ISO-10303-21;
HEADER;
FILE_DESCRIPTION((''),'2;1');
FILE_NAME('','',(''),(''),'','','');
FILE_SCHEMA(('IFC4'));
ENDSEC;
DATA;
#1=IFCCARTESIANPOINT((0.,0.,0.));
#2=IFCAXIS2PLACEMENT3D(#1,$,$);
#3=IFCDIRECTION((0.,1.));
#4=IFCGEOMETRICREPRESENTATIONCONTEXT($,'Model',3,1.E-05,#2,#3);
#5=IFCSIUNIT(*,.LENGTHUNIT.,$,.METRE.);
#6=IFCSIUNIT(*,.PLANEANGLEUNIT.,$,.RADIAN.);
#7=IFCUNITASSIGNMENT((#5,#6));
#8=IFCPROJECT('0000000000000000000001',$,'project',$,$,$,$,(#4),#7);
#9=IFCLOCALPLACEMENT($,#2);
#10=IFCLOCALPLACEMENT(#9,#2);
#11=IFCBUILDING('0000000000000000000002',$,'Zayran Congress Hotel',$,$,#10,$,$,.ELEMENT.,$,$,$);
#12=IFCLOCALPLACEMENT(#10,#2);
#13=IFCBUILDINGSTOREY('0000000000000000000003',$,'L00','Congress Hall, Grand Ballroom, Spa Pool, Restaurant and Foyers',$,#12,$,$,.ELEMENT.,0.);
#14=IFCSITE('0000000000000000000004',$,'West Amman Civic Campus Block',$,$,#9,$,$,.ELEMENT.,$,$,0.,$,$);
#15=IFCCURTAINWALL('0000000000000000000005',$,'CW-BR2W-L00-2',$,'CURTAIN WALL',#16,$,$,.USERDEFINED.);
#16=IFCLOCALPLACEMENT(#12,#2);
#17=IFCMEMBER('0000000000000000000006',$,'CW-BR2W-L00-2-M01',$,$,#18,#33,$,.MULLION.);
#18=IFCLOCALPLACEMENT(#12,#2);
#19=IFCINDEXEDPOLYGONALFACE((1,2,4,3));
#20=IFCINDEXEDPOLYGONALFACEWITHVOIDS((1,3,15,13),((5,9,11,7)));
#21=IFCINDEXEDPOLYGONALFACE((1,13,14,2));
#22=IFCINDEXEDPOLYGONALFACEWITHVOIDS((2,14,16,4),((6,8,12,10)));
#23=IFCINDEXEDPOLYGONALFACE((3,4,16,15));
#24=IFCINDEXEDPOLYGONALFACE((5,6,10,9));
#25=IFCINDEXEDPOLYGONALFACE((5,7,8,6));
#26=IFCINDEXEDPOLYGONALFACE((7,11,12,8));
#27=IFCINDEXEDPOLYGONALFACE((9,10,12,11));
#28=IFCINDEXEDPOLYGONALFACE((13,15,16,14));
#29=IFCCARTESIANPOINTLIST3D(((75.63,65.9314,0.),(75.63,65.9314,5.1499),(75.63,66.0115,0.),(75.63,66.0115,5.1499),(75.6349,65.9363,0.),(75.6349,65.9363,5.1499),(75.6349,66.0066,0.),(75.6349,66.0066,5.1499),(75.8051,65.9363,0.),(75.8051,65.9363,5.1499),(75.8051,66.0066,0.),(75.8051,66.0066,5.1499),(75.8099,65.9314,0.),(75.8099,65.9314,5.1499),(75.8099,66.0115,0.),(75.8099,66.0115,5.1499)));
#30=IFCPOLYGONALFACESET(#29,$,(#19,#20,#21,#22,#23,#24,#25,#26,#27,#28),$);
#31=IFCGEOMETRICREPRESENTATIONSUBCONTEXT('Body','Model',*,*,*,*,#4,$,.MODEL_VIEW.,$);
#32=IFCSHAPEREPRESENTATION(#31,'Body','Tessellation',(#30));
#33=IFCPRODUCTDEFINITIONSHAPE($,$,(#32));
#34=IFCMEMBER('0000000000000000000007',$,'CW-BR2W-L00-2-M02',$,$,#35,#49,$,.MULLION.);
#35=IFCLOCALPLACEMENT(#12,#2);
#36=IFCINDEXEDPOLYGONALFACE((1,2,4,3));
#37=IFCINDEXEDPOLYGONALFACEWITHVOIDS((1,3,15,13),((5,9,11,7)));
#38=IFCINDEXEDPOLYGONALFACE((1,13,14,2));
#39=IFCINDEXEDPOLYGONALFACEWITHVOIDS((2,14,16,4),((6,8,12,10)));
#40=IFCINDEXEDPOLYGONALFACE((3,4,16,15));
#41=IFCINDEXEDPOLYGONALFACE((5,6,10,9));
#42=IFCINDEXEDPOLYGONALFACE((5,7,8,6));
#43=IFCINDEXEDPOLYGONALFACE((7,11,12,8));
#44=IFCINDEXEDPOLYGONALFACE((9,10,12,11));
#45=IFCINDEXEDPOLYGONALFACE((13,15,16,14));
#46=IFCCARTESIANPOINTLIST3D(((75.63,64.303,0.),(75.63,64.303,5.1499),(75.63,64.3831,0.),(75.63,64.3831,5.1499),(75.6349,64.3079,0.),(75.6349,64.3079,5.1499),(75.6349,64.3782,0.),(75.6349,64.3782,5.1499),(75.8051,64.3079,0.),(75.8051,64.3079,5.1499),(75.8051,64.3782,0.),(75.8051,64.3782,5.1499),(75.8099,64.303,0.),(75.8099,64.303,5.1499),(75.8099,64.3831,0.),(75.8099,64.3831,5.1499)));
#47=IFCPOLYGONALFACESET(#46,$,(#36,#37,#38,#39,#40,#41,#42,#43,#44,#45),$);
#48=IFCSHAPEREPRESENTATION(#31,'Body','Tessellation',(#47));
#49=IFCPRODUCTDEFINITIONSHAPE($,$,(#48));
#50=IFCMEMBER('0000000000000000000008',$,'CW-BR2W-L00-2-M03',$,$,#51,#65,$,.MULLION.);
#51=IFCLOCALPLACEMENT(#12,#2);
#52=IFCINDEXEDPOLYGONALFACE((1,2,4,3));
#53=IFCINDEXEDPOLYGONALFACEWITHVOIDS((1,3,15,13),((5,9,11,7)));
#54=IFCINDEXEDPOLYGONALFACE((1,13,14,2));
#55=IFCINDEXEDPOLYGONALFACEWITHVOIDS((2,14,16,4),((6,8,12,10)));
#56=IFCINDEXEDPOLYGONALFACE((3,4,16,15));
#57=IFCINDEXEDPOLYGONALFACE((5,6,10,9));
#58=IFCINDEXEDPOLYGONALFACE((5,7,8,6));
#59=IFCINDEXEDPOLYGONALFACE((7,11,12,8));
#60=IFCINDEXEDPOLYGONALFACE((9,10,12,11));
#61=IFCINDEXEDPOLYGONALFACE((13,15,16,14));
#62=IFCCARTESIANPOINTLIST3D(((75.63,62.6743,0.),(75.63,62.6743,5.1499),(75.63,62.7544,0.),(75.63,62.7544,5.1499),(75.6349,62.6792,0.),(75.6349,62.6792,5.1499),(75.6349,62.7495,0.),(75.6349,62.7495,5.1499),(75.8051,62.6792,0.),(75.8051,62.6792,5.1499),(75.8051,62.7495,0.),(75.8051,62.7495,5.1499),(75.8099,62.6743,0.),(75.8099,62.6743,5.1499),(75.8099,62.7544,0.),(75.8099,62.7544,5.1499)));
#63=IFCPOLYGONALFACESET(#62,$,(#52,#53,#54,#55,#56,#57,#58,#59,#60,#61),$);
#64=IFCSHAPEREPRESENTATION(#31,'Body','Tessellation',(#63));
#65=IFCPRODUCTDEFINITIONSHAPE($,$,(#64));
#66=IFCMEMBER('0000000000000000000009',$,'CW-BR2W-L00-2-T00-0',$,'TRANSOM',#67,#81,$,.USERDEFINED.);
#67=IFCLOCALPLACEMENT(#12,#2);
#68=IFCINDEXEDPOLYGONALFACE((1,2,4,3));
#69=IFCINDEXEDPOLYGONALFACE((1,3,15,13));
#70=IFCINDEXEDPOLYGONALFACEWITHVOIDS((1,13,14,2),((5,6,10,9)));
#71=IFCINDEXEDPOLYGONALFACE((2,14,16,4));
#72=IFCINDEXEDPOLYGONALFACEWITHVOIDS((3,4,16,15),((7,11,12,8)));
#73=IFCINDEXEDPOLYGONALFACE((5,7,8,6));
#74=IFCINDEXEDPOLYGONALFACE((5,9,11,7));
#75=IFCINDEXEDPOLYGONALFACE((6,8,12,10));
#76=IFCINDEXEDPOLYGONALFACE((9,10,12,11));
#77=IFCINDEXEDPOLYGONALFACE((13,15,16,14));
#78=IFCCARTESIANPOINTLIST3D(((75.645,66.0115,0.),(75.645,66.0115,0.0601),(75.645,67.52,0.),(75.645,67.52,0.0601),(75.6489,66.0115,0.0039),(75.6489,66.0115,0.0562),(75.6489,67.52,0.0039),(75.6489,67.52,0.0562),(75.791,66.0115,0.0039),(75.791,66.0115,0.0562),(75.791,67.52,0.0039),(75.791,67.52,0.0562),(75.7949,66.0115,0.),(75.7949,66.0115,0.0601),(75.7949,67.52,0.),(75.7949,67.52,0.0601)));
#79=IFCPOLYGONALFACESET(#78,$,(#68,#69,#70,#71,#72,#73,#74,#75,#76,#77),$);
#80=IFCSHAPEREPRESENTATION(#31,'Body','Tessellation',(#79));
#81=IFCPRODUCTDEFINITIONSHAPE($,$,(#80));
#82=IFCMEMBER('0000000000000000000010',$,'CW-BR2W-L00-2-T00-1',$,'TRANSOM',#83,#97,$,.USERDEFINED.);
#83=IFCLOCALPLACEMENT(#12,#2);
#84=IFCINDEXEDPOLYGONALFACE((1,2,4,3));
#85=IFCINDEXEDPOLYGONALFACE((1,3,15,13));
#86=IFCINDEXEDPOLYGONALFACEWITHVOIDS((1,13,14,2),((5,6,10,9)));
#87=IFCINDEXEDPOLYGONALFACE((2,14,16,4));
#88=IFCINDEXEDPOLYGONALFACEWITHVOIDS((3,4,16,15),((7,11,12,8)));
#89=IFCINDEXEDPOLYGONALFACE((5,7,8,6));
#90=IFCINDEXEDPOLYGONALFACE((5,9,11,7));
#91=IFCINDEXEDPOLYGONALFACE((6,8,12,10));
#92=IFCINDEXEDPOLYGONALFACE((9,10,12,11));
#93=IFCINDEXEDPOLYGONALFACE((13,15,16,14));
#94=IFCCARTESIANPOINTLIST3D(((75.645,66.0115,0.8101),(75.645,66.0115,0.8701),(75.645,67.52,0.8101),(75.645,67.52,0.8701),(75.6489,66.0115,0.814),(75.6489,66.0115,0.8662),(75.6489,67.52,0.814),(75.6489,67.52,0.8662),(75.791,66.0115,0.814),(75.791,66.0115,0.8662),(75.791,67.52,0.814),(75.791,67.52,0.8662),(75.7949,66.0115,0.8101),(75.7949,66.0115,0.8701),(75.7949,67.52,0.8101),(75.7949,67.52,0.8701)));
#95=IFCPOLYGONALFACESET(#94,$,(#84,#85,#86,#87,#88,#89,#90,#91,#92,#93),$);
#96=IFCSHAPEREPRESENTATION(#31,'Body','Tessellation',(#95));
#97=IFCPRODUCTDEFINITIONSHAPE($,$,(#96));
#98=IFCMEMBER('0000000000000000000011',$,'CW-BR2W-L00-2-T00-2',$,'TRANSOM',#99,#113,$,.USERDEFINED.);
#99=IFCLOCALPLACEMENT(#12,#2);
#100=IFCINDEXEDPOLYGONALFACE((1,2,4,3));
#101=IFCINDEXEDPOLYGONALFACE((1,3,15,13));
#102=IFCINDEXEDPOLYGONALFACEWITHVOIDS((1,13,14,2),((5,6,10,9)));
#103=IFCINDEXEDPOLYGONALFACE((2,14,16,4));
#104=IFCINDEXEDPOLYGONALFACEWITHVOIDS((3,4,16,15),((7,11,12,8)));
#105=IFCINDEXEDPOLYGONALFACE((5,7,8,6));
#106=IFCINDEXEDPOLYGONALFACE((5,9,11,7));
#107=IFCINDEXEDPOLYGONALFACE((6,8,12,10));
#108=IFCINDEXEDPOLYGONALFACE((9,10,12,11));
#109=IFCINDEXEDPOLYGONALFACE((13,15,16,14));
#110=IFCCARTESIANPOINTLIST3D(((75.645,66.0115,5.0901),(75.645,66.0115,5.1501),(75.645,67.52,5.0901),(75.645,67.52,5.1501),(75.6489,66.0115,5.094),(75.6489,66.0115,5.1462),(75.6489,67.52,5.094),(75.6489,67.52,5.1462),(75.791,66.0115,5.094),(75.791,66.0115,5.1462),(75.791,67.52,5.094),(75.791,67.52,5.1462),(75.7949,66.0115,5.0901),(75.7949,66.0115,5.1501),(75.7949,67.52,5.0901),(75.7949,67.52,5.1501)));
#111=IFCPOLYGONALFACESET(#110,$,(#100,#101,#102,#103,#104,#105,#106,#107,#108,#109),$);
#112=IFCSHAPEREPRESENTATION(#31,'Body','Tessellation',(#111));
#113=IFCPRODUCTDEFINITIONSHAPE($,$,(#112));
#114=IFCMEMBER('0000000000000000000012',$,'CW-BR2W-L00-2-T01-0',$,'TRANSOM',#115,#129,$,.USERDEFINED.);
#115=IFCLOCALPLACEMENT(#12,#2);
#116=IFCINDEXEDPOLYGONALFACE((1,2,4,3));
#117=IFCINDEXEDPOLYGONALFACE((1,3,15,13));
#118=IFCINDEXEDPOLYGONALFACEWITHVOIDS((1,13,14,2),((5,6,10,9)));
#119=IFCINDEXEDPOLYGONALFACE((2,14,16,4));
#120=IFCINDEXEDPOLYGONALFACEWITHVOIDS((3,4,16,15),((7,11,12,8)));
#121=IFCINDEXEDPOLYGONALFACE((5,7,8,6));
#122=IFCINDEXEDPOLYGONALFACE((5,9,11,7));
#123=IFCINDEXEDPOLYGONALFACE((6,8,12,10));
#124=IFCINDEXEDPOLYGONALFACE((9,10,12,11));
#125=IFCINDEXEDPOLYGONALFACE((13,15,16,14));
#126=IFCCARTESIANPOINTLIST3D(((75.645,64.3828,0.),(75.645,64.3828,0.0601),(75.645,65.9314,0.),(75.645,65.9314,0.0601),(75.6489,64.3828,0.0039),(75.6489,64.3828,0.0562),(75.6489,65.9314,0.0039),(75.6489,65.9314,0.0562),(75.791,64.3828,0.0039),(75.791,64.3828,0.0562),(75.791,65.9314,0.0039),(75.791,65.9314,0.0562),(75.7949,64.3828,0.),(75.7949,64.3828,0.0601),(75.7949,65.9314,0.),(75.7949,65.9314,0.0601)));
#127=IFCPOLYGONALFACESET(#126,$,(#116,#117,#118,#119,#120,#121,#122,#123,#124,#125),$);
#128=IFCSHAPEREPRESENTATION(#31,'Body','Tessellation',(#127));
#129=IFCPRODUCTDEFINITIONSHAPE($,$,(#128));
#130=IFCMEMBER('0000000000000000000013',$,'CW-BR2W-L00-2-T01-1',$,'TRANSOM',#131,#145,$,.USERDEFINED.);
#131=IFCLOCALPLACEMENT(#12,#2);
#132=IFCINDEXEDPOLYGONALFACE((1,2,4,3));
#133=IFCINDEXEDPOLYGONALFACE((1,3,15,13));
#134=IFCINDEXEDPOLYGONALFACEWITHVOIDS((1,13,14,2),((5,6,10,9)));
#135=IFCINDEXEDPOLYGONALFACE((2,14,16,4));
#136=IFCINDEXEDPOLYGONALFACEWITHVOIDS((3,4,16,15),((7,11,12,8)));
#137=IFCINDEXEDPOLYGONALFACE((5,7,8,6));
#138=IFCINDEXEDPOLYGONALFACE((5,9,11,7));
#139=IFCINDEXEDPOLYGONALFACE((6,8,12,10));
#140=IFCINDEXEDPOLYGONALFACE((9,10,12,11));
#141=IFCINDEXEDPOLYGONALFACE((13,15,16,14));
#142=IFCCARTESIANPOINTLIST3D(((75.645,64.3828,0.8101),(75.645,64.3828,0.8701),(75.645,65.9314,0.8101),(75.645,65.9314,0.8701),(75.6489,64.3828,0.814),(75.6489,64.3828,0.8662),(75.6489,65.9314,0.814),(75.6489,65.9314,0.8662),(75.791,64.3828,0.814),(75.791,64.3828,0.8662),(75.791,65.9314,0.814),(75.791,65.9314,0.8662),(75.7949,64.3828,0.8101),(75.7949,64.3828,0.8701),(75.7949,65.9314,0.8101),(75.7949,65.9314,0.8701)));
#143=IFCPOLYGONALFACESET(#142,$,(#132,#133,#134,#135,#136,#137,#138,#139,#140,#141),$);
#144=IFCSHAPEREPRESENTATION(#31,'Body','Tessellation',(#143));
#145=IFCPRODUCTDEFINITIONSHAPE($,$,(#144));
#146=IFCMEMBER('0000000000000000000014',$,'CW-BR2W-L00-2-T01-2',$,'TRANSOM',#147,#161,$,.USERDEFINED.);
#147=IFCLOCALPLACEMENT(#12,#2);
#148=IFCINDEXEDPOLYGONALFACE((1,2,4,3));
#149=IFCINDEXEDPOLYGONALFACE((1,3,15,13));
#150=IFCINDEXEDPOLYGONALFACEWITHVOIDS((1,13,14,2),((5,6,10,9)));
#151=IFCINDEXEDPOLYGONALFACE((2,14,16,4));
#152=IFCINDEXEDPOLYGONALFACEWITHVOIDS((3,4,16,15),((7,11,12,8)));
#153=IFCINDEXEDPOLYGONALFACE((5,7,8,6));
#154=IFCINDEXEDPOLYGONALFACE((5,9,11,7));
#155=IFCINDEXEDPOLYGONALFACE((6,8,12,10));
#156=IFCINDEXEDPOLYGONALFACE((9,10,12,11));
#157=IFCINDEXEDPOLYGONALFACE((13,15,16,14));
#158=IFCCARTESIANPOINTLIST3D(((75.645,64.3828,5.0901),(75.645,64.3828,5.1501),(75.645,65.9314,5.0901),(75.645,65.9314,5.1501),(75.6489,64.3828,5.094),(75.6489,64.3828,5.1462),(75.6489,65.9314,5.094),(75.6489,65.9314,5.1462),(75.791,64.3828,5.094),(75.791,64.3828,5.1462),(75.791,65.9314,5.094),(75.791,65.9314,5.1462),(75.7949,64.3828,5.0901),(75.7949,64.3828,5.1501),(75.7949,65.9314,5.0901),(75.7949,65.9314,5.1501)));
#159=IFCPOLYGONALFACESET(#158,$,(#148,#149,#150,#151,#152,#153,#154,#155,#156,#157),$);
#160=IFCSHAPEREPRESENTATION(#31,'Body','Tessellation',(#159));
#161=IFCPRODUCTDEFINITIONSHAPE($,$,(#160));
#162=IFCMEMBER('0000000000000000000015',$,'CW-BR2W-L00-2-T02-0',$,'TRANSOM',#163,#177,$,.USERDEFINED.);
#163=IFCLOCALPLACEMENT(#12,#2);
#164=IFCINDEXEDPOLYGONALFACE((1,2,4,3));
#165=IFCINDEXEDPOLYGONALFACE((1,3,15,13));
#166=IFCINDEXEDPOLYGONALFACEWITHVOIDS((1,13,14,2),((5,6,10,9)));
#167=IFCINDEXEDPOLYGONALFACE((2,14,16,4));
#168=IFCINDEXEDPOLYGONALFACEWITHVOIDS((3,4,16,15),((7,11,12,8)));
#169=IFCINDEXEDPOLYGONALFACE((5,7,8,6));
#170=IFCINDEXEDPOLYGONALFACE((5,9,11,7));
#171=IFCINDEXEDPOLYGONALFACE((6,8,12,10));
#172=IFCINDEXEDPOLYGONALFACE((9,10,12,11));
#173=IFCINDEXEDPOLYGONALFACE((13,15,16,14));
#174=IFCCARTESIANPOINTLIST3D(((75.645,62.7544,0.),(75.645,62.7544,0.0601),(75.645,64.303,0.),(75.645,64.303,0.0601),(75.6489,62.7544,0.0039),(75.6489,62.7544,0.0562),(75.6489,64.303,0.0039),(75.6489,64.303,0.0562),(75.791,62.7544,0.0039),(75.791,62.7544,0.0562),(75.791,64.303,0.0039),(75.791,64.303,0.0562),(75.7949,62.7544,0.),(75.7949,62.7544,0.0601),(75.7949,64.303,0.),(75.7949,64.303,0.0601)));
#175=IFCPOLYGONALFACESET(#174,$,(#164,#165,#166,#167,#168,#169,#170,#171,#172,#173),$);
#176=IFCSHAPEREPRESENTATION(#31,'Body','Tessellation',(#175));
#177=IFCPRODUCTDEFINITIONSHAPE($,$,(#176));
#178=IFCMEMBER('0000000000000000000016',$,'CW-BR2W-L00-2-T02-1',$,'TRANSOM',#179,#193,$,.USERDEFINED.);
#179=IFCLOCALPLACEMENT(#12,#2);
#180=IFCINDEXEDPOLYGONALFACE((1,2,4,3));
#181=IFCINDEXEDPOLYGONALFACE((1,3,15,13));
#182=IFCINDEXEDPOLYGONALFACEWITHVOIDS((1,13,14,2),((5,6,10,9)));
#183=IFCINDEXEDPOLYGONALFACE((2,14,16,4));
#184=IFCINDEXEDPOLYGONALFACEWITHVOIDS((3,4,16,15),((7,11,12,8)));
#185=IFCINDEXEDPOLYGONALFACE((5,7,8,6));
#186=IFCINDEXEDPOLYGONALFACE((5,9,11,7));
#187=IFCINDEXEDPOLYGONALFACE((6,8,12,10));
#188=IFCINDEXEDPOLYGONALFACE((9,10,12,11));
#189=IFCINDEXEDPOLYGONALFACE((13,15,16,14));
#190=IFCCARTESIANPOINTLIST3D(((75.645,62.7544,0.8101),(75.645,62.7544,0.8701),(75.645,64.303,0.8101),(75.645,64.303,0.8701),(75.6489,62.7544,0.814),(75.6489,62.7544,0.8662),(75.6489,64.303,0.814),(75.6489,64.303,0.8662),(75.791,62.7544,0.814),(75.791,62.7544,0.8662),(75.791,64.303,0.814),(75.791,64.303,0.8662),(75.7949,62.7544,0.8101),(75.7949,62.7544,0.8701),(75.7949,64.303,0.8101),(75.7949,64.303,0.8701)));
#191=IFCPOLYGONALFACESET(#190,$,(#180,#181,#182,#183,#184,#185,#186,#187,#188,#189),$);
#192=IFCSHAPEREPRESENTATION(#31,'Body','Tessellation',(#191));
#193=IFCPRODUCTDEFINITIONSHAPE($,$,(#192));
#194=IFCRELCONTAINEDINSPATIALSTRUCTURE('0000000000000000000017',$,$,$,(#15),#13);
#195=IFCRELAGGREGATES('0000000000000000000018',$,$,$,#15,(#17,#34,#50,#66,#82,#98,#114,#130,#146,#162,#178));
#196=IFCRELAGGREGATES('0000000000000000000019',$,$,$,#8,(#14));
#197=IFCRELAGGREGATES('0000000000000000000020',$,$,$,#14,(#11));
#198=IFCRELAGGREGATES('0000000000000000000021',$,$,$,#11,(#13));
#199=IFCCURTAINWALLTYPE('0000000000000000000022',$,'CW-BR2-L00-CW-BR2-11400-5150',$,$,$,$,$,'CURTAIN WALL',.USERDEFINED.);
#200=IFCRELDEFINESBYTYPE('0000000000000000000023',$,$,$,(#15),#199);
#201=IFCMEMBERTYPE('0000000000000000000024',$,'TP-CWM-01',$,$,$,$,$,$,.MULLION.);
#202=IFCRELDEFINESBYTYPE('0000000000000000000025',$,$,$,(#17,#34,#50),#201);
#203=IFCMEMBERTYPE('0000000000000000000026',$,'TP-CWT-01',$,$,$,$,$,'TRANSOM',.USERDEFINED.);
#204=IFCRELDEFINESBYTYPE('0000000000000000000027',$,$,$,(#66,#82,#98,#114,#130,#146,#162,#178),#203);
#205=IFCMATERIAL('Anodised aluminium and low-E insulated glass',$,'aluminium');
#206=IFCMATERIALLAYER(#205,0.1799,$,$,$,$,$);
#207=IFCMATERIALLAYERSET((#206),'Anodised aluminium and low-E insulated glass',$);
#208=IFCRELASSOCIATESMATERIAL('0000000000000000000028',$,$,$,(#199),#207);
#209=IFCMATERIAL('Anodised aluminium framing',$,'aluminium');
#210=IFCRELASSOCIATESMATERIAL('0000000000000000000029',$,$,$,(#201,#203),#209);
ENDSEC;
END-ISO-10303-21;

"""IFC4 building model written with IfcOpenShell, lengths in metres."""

from ifc_helpers import new_model, si_unit, direction, frame, origin, origin_2d, place, context, subcontext, project, spatial, hollow_rectangle, extrude, material, layer, layer_set, material_profile, profile_set, type_object, element, aggregate, save


model = new_model("IFC4")

# Units and contexts
model_context = context("Model", 3, precision=1e-05, world=origin(), true_north=direction((0.0, 1.0)))
body_context = subcontext(model_context, "Body", "Model", "MODEL_VIEW")
ifc_project = project(units=[si_unit("LENGTHUNIT", "METRE"), si_unit("PLANEANGLEUNIT", "RADIAN")], contexts=[model_context])

# Site, building, storey
site_placement = place(None, origin())
site = spatial("IfcSite", under=ifc_project, at=site_placement, Name="West Amman Civic Campus Block", CompositionType="ELEMENT", RefElevation=0.0)
building_placement = place(site_placement, origin())
building = spatial("IfcBuilding", under=site, at=building_placement, Name="Zayran Congress Hotel", CompositionType="ELEMENT")
storey_placement = place(building_placement, origin())
storey = spatial("IfcBuildingStorey", under=building, at=storey_placement, Name="L00", Description="Congress Hall, Grand Ballroom, Spa Pool, Restaurant and Foyers", CompositionType="ELEMENT", Elevation=0.0)

# Curtain wall, members
ifc_material_1 = material(Name="Anodised aluminium and low-E insulated glass", Category="aluminium")
ifc_layer_1 = layer(ifc_material_1, 0.1799)
ifc_layer_set_1 = layer_set([ifc_layer_1], Name="Anodised aluminium and low-E insulated glass")
curtain_wall_type = type_object("IfcCurtainWallType", Name="CW-BR2-L00-CW-BR2-11400-5150", ElementType="CURTAIN WALL", PredefinedType="USERDEFINED", material=ifc_layer_set_1)
curtain_wall_placement = place(storey_placement, origin())
curtain_wall = element("IfcCurtainWall", 1, at=curtain_wall_placement, inside=storey, type_object=curtain_wall_type, Name="CW-BR2W-L00-2", ObjectType="CURTAIN WALL", PredefinedType="USERDEFINED")
ifc_material_2 = material(Name="Anodised aluminium framing", Category="aluminium")
ifc_material_profile_1 = material_profile(ifc_material_2, hollow_rectangle(XDim=0.0801, YDim=0.1799, WallThickness=0.0049, at=origin_2d()), Name="RHS 180x80x5")
ifc_profile_set_1 = profile_set([ifc_material_profile_1], Name="Anodised aluminium framing")
member_type_1 = type_object("IfcMemberType", Name="TP-CWM-01", PredefinedType="MULLION", material=ifc_profile_set_1)
member_1_placement = place(storey_placement, frame((75.72, 65.9714, 0.0), z_axis=(0.0, 0.0, 1.0), x_axis=(0.0, 1.0, 0.0)))
member_1 = element("IfcMember", 2, at=member_1_placement, type_object=member_type_1, Name="CW-BR2W-L00-2-M01", PredefinedType="MULLION", context=body_context, shape_type="SweptSolid", body=[
    extrude(hollow_rectangle(XDim=0.0801, YDim=0.1799, WallThickness=0.0049, at=origin_2d()), origin(), (0.0, 0.0, 1.0), 5.1499),
])
member_2_placement = place(storey_placement, frame((75.72, 64.343, 0.0), z_axis=(0.0, 0.0, 1.0), x_axis=(0.0, 1.0, 0.0)))
member_2 = element("IfcMember", 3, at=member_2_placement, type_object=member_type_1, Name="CW-BR2W-L00-2-M02", PredefinedType="MULLION", context=body_context, shape_type="SweptSolid", body=[
    extrude(hollow_rectangle(XDim=0.0801, YDim=0.1799, WallThickness=0.0049, at=origin_2d()), origin(), (0.0, 0.0, 1.0), 5.1499),
])
member_3_placement = place(storey_placement, frame((75.72, 62.7144, 0.0), z_axis=(0.0, 0.0, 1.0), x_axis=(0.0, 1.0, 0.0)))
member_3 = element("IfcMember", 4, at=member_3_placement, type_object=member_type_1, Name="CW-BR2W-L00-2-M03", PredefinedType="MULLION", context=body_context, shape_type="SweptSolid", body=[
    extrude(hollow_rectangle(XDim=0.0801, YDim=0.1799, WallThickness=0.0049, at=origin_2d()), origin(), (0.0, 0.0, 1.0), 5.1499),
])
ifc_material_profile_2 = material_profile(ifc_material_2, hollow_rectangle(XDim=0.0601, YDim=0.1499, WallThickness=0.0039, at=origin_2d()), Name="RHS 150x60x4")
ifc_profile_set_2 = profile_set([ifc_material_profile_2], Name="Anodised aluminium framing")
member_type_2 = type_object("IfcMemberType", Name="TP-CWT-01", ElementType="TRANSOM", PredefinedType="USERDEFINED", material=ifc_profile_set_2)
member_4_placement = place(storey_placement, frame((75.72, 67.52, 0.03), z_axis=(0.0, -1.0, 0.0), x_axis=(0.0, 0.0, 1.0)))
member_4 = element("IfcMember", 5, at=member_4_placement, type_object=member_type_2, Name="CW-BR2W-L00-2-T00-0", ObjectType="TRANSOM", PredefinedType="USERDEFINED", context=body_context, shape_type="SweptSolid", body=[
    extrude(hollow_rectangle(XDim=0.0601, YDim=0.1499, WallThickness=0.0039, at=origin_2d()), origin(), (0.0, 0.0, 1.0), 1.5085),
])
member_5_placement = place(storey_placement, frame((75.72, 67.52, 0.8401), z_axis=(0.0, -1.0, 0.0), x_axis=(0.0, 0.0, 1.0)))
member_5 = element("IfcMember", 6, at=member_5_placement, type_object=member_type_2, Name="CW-BR2W-L00-2-T00-1", ObjectType="TRANSOM", PredefinedType="USERDEFINED", context=body_context, shape_type="SweptSolid", body=[
    extrude(hollow_rectangle(XDim=0.0601, YDim=0.1499, WallThickness=0.0039, at=origin_2d()), origin(), (0.0, 0.0, 1.0), 1.5085),
])
member_6_placement = place(storey_placement, frame((75.72, 67.52, 5.1201), z_axis=(0.0, -1.0, 0.0), x_axis=(0.0, 0.0, 1.0)))
member_6 = element("IfcMember", 7, at=member_6_placement, type_object=member_type_2, Name="CW-BR2W-L00-2-T00-2", ObjectType="TRANSOM", PredefinedType="USERDEFINED", context=body_context, shape_type="SweptSolid", body=[
    extrude(hollow_rectangle(XDim=0.0601, YDim=0.1499, WallThickness=0.0039, at=origin_2d()), origin(), (0.0, 0.0, 1.0), 1.5085),
])
member_7_placement = place(storey_placement, frame((75.72, 65.9314, 0.03), z_axis=(0.0, -1.0, 0.0), x_axis=(0.0, 0.0, 1.0)))
member_7 = element("IfcMember", 8, at=member_7_placement, type_object=member_type_2, Name="CW-BR2W-L00-2-T01-0", ObjectType="TRANSOM", PredefinedType="USERDEFINED", context=body_context, shape_type="SweptSolid", body=[
    extrude(hollow_rectangle(XDim=0.0601, YDim=0.1499, WallThickness=0.0039, at=origin_2d()), origin(), (0.0, 0.0, 1.0), 1.5486),
])
member_8_placement = place(storey_placement, frame((75.72, 65.9314, 0.8401), z_axis=(0.0, -1.0, 0.0), x_axis=(0.0, 0.0, 1.0)))
member_8 = element("IfcMember", 9, at=member_8_placement, type_object=member_type_2, Name="CW-BR2W-L00-2-T01-1", ObjectType="TRANSOM", PredefinedType="USERDEFINED", context=body_context, shape_type="SweptSolid", body=[
    extrude(hollow_rectangle(XDim=0.0601, YDim=0.1499, WallThickness=0.0039, at=origin_2d()), origin(), (0.0, 0.0, 1.0), 1.5486),
])
member_9_placement = place(storey_placement, frame((75.72, 65.9314, 5.1201), z_axis=(0.0, -1.0, 0.0), x_axis=(0.0, 0.0, 1.0)))
member_9 = element("IfcMember", 10, at=member_9_placement, type_object=member_type_2, Name="CW-BR2W-L00-2-T01-2", ObjectType="TRANSOM", PredefinedType="USERDEFINED", context=body_context, shape_type="SweptSolid", body=[
    extrude(hollow_rectangle(XDim=0.0601, YDim=0.1499, WallThickness=0.0039, at=origin_2d()), origin(), (0.0, 0.0, 1.0), 1.5486),
])
member_10_placement = place(storey_placement, frame((75.72, 64.303, 0.03), z_axis=(0.0, -1.0, 0.0), x_axis=(0.0, 0.0, 1.0)))
member_10 = element("IfcMember", 11, at=member_10_placement, type_object=member_type_2, Name="CW-BR2W-L00-2-T02-0", ObjectType="TRANSOM", PredefinedType="USERDEFINED", context=body_context, shape_type="SweptSolid", body=[
    extrude(hollow_rectangle(XDim=0.0601, YDim=0.1499, WallThickness=0.0039, at=origin_2d()), origin(), (0.0, 0.0, 1.0), 1.5486),
])
member_11_placement = place(storey_placement, frame((75.72, 64.303, 0.8401), z_axis=(0.0, -1.0, 0.0), x_axis=(0.0, 0.0, 1.0)))
member_11 = element("IfcMember", 12, at=member_11_placement, type_object=member_type_2, Name="CW-BR2W-L00-2-T02-1", ObjectType="TRANSOM", PredefinedType="USERDEFINED", context=body_context, shape_type="SweptSolid", body=[
    extrude(hollow_rectangle(XDim=0.0601, YDim=0.1499, WallThickness=0.0039, at=origin_2d()), origin(), (0.0, 0.0, 1.0), 1.5486),
])
aggregate(curtain_wall, [member_1, member_2, member_3, member_4, member_5, member_6, member_7, member_8, member_9, member_10, member_11])

save(model, "model.ifc")
